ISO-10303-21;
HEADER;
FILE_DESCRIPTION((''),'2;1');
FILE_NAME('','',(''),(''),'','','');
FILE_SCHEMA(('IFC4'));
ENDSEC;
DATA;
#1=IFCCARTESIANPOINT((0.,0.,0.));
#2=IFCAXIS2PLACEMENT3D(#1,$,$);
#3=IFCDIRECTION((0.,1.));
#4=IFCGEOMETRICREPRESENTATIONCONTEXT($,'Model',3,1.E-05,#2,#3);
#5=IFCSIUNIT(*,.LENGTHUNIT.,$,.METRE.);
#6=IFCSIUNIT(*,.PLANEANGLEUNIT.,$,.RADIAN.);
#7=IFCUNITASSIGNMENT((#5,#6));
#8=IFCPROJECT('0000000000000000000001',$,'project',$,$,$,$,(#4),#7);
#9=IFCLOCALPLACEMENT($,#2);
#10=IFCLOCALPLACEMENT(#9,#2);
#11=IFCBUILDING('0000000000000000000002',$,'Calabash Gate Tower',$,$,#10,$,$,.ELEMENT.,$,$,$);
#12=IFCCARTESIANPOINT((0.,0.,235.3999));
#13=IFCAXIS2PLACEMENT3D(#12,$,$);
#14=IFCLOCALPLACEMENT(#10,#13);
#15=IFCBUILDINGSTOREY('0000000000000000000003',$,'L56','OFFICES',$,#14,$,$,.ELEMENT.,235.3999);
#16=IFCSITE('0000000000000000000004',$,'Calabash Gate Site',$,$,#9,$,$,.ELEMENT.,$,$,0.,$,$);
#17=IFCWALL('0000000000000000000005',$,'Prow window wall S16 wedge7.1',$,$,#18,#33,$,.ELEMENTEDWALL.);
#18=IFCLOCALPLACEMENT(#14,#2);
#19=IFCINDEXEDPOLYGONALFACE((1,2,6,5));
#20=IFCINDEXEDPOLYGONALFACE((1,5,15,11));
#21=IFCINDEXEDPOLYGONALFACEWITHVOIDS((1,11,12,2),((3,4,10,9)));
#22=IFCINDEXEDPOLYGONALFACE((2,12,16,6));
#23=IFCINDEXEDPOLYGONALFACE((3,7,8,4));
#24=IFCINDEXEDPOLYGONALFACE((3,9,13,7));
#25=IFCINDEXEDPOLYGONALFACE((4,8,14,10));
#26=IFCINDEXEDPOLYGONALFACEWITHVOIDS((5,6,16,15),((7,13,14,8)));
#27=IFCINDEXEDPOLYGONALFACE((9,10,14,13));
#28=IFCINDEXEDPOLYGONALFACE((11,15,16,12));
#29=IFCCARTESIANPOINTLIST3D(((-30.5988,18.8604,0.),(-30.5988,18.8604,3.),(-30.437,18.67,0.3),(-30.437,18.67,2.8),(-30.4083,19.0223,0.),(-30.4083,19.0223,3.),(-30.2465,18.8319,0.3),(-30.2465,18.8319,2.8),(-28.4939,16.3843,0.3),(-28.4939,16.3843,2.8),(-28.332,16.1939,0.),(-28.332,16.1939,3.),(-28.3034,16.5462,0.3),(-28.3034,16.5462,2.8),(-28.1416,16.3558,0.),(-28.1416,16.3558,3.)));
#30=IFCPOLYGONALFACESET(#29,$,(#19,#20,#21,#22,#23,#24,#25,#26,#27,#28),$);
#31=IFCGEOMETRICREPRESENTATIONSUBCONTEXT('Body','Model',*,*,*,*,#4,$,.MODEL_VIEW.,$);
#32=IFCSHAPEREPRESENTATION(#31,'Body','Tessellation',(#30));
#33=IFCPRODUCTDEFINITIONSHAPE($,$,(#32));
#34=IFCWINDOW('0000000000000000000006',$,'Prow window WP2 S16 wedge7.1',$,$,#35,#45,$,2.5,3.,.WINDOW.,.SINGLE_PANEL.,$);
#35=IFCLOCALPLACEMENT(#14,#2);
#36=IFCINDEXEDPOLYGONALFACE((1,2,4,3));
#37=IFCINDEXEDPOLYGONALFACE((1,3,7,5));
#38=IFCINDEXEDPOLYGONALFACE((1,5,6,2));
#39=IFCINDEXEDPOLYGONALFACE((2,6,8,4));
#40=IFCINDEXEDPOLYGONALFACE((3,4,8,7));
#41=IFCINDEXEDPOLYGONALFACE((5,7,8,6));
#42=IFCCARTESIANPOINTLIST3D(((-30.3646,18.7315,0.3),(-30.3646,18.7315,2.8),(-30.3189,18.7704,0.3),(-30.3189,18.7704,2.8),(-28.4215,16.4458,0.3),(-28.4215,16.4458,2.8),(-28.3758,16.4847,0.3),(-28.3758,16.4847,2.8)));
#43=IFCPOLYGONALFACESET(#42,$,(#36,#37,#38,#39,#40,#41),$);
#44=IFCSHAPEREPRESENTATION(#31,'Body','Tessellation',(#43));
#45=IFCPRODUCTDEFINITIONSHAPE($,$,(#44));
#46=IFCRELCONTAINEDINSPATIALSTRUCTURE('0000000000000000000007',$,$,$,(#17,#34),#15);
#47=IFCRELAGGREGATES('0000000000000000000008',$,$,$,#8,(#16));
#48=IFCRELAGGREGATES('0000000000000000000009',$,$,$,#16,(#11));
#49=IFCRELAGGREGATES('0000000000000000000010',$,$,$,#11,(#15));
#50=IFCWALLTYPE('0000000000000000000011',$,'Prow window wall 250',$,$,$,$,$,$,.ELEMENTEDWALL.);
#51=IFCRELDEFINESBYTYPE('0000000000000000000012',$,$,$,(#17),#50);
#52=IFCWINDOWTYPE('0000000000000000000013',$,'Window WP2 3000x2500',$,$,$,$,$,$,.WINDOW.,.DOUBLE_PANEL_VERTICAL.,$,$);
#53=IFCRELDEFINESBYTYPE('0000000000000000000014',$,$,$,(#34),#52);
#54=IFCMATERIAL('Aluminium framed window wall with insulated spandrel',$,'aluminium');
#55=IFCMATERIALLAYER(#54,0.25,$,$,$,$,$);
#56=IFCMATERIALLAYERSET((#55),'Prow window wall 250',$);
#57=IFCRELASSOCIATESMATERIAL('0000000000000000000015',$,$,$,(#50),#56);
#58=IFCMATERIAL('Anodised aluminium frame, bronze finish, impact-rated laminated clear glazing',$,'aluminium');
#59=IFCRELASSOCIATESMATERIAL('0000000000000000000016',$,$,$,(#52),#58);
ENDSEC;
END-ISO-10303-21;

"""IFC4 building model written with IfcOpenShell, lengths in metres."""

from ifc_helpers import new_model, si_unit, direction, frame, frame_2d, origin, place, context, subcontext, project, spatial, rectangle, extrude, material, layer, layer_set, type_object, element, fill, save


model = new_model("IFC4")

# Units and contexts
model_context = context("Model", 3, precision=1e-05, world=origin(), true_north=direction((0.0, 1.0)))
body_context = subcontext(model_context, "Body", "Model", "MODEL_VIEW")
ifc_project = project(units=[si_unit("LENGTHUNIT", "METRE"), si_unit("PLANEANGLEUNIT", "RADIAN")], contexts=[model_context])

# Site, building, storey
site_placement = place(None, origin())
site = spatial("IfcSite", under=ifc_project, at=site_placement, Name="Calabash Gate Site", CompositionType="ELEMENT", RefElevation=0.0)
building_placement = place(site_placement, origin())
building = spatial("IfcBuilding", under=site, at=building_placement, Name="Calabash Gate Tower", CompositionType="ELEMENT")
storey_placement = place(building_placement, frame((0.0, 0.0, 235.3999)))
storey = spatial("IfcBuildingStorey", under=building, at=storey_placement, Name="L56", Description="OFFICES", CompositionType="ELEMENT", Elevation=235.3999)

# Wall, opening, window
ifc_material_1 = material(Name="Aluminium framed window wall with insulated spandrel", Category="aluminium")
ifc_layer_1 = layer(ifc_material_1, 0.25)
ifc_layer_set_1 = layer_set([ifc_layer_1], Name="Prow window wall 250")
wall_type_1 = type_object("IfcWallType", Name="Prow window wall 250", PredefinedType="ELEMENTEDWALL", material=ifc_layer_set_1)
ifc_material_2 = material(Name="Anodised aluminium frame, bronze finish, impact-rated laminated clear glazing", Category="aluminium")
window_type = type_object("IfcWindowType", Name="Window WP2 3000x2500", PartitioningType="DOUBLE_PANEL_VERTICAL", PredefinedType="WINDOW", material=ifc_material_2)
wall_1_placement = place(storey_placement, frame((-30.5037, 18.9414, 0.0), z_axis=(0.0, 0.0, 1.0), x_axis=(0.647701, -0.761895, 0.0)))
wall_1 = element("IfcWall", 1, at=wall_1_placement, inside=storey, type_object=wall_type_1, Name="Prow window wall S16 wedge7.1", PredefinedType="ELEMENTEDWALL", context=body_context, shape_type="SweptSolid", body=[
    extrude(rectangle(XDim=3.4998, YDim=0.25, at=frame_2d((1.75, 0.0))), origin(), (0.0, 0.0, 1.0), 3.0),
])
opening_1_placement = place(wall_1_placement, frame((0.25, 0.0, 0.3)))
opening_1 = element("IfcOpeningElement", 2, at=opening_1_placement, cuts=wall_1, PredefinedType="OPENING", context=body_context, shape_type="SweptSolid", body=[
    extrude(rectangle(XDim=3.0, YDim=2.5, at=frame_2d((1.5, 1.25))), frame((0.0, 0.135, 0.0), z_axis=(0.0, -1.0, 0.0), x_axis=(1.0, 0.0, 0.0)), (0.0, 0.0, 1.0), 0.27),
])
window_1_placement = place(opening_1_placement, origin())
window_1 = element("IfcWindow", 3, at=window_1_placement, inside=storey, type_object=window_type, Name="Prow window WP2 S16 wedge7.1", OverallHeight=2.5, OverallWidth=3.0, PartitioningType="SINGLE_PANEL", PredefinedType="WINDOW", context=body_context, shape_type="SweptSolid", body=[
    extrude(rectangle(XDim=3.0, YDim=2.5, at=frame_2d((1.5, 1.25))), frame((0.0, 0.03, 0.0), z_axis=(0.0, -1.0, 0.0), x_axis=(1.0, 0.0, 0.0)), (0.0, 0.0, 1.0), 0.0601),
])
fill(opening_1, window_1)

save(model, "model.ifc")
